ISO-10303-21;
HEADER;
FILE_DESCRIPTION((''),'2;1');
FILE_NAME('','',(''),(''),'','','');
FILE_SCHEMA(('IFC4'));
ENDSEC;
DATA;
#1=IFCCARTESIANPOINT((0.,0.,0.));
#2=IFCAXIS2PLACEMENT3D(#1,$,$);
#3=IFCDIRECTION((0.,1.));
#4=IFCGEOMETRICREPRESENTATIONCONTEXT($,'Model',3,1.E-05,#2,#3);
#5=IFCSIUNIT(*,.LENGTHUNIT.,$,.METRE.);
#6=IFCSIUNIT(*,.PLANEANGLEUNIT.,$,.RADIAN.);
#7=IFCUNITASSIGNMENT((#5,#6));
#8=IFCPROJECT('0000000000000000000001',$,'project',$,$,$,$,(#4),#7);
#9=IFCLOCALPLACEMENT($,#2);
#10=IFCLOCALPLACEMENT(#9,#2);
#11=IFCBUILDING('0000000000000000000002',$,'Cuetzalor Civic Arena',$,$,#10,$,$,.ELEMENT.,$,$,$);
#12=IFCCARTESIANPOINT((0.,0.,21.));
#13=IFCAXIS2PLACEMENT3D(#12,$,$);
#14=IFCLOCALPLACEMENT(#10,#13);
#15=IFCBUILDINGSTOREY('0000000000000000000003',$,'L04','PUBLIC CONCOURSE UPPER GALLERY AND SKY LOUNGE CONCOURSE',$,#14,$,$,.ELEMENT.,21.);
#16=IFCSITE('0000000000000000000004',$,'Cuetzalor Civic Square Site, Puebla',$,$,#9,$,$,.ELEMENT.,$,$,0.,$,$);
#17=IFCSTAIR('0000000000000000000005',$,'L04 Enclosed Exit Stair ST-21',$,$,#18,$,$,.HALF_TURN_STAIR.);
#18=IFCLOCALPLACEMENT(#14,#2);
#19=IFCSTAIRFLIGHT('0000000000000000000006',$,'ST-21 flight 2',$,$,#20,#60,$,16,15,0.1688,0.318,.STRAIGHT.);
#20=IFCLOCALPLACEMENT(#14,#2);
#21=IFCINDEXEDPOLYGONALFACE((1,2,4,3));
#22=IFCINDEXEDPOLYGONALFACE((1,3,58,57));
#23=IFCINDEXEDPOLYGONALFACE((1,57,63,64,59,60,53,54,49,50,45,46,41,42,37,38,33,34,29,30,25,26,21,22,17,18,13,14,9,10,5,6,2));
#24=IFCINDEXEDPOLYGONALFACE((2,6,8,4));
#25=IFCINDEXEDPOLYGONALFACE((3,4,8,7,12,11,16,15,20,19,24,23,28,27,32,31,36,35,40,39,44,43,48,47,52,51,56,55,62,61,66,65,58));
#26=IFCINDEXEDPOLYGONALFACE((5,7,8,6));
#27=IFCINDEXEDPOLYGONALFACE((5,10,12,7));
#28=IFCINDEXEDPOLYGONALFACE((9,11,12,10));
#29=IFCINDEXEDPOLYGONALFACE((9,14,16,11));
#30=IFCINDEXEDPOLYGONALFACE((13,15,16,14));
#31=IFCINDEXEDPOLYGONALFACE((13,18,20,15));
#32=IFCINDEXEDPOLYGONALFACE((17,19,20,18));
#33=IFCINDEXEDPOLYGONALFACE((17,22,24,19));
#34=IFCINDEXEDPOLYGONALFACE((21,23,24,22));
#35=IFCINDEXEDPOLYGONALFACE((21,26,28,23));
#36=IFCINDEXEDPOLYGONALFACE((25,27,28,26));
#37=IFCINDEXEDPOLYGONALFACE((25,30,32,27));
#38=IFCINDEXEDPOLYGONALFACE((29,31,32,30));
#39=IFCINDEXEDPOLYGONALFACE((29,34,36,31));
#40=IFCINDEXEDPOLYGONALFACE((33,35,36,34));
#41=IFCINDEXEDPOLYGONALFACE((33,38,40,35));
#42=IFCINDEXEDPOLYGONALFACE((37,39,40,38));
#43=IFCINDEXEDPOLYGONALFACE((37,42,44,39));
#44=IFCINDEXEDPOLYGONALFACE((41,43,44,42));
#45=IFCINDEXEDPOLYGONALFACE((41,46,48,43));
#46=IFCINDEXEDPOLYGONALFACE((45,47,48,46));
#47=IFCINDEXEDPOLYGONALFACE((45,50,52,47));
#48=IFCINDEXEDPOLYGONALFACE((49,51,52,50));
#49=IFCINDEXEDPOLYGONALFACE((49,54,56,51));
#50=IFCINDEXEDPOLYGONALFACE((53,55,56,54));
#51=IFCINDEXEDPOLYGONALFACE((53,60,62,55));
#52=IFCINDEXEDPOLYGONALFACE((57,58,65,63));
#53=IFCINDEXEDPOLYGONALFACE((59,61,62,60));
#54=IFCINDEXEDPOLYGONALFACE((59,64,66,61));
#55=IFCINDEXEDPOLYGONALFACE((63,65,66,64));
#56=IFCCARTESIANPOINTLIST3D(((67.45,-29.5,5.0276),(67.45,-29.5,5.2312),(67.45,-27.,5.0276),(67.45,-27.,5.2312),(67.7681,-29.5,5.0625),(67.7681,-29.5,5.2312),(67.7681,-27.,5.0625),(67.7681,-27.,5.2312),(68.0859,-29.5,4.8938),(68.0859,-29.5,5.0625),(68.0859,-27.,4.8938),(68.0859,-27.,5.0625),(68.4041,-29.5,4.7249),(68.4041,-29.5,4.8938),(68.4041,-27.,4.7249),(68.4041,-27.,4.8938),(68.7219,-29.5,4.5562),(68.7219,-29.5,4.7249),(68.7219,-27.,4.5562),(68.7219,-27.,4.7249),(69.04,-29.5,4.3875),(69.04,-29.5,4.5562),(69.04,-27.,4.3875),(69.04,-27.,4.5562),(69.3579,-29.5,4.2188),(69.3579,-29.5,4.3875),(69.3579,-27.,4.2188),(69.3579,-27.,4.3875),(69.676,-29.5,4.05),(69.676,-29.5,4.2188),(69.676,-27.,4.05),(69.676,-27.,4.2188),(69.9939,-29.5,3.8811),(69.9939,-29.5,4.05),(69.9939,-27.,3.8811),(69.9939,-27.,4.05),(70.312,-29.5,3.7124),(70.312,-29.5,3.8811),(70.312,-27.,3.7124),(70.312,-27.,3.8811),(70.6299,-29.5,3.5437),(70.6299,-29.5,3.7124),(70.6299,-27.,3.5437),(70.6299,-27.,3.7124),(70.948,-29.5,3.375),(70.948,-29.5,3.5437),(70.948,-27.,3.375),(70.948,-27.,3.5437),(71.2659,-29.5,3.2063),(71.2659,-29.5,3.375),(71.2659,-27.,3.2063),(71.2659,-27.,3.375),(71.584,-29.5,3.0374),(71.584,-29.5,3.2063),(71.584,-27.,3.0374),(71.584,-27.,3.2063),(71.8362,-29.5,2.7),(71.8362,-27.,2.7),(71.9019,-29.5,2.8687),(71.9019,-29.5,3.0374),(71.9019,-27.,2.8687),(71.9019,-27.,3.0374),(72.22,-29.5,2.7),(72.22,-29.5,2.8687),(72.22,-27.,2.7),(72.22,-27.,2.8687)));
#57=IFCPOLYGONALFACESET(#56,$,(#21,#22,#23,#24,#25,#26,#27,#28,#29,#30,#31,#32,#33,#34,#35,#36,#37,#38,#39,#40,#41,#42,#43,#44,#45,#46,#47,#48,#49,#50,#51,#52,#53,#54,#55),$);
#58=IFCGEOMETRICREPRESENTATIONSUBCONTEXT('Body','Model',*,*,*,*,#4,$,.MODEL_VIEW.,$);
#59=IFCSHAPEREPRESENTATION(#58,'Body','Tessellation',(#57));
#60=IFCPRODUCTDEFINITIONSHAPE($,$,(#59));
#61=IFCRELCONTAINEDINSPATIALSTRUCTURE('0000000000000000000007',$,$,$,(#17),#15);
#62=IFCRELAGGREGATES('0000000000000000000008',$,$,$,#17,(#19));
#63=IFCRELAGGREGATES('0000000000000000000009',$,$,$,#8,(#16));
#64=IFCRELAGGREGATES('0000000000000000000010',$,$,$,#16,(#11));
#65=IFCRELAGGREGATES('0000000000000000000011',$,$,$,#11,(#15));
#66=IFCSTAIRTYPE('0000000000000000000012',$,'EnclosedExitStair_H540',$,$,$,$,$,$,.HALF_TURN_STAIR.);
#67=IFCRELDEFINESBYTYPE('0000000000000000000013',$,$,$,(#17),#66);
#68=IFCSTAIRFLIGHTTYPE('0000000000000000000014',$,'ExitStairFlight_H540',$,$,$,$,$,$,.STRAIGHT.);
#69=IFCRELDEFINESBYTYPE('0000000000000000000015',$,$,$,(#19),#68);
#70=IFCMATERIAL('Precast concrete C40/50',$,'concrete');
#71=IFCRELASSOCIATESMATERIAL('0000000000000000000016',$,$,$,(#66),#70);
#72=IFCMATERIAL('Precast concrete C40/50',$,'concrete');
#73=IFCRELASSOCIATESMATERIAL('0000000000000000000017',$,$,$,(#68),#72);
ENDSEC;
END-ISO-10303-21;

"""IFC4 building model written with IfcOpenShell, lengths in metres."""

from ifc_helpers import new_model, si_unit, direction, frame, origin, place, context, subcontext, project, spatial, polyline, outline, extrude, material, type_object, element, aggregate, save


model = new_model("IFC4")

# Units and contexts
model_context = context("Model", 3, precision=1e-05, world=origin(), true_north=direction((0.0, 1.0)))
body_context = subcontext(model_context, "Body", "Model", "MODEL_VIEW")
ifc_project = project(units=[si_unit("LENGTHUNIT", "METRE"), si_unit("PLANEANGLEUNIT", "RADIAN")], contexts=[model_context])

# Site, building, storey
site_placement = place(None, origin())
site = spatial("IfcSite", under=ifc_project, at=site_placement, Name="Cuetzalor Civic Square Site, Puebla", CompositionType="ELEMENT", RefElevation=0.0)
building_placement = place(site_placement, origin())
building = spatial("IfcBuilding", under=site, at=building_placement, Name="Cuetzalor Civic Arena", CompositionType="ELEMENT")
storey_placement = place(building_placement, frame((0.0, 0.0, 21.0)))
storey = spatial("IfcBuildingStorey", under=building, at=storey_placement, Name="L04", Description="PUBLIC CONCOURSE UPPER GALLERY AND SKY LOUNGE CONCOURSE", CompositionType="ELEMENT", Elevation=21.0)

# Stair, stair flight
ifc_material_1 = material(Name="Precast concrete C40/50", Category="concrete")
stair_type = type_object("IfcStairType", Name="EnclosedExitStair_H540", PredefinedType="HALF_TURN_STAIR", material=ifc_material_1)
stair_placement = place(storey_placement, origin())
stair = element("IfcStair", 1, at=stair_placement, inside=storey, type_object=stair_type, Name="L04 Enclosed Exit Stair ST-21", PredefinedType="HALF_TURN_STAIR")
ifc_material_2 = material(Name="Precast concrete C40/50", Category="concrete")
stair_flight_type = type_object("IfcStairFlightType", Name="ExitStairFlight_H540", PredefinedType="STRAIGHT", material=ifc_material_2)
stair_flight_1_placement = place(storey_placement, frame((72.22, -28.25, 2.7), z_axis=(0.0, 0.0, 1.0), x_axis=(-1.0, 0.0, 0.0)))
stair_flight_1 = element("IfcStairFlight", 2, at=stair_flight_1_placement, type_object=stair_flight_type, Name="ST-21 flight 2", NumberOfRisers=16, NumberOfTreads=15, PredefinedType="STRAIGHT", RiserHeight=0.1688, TreadLength=0.318, context=body_context, shape_type="SweptSolid", body=[
    extrude(outline(polyline([(0.0, 0.0), (0.0, 0.1687), (0.3181, 0.1687), (0.3181, 0.3374), (0.636, 0.3374), (0.636, 0.5063), (0.9541, 0.5063), (0.9541, 0.675), (1.272, 0.675), (1.272, 0.8438), (1.5901, 0.8438), (1.5901, 1.0125), (1.908, 1.0125), (1.908, 1.1812), (2.2261, 1.1812), (2.2261, 1.3501), (2.5439, 1.3501), (2.5439, 1.5188), (2.8621, 1.5188), (2.8621, 1.6875), (3.1799, 1.6875), (3.1799, 1.8562), (3.498, 1.8562), (3.498, 2.0249), (3.8159, 2.0249), (3.8159, 2.1938), (4.134, 2.1938), (4.134, 2.3625), (4.4519, 2.3625), (4.4519, 2.5312), (4.77, 2.5312), (4.77, 2.7), (4.77, 2.3276), (0.3838, 0.0), (0.0, 0.0)])), frame((0.0, 1.25, 0.0), z_axis=(0.0, -1.0, 0.0), x_axis=(1.0, 0.0, 0.0)), (0.0, 0.0, 1.0), 2.5),
])
aggregate(stair, [stair_flight_1])

save(model, "model.ifc")
